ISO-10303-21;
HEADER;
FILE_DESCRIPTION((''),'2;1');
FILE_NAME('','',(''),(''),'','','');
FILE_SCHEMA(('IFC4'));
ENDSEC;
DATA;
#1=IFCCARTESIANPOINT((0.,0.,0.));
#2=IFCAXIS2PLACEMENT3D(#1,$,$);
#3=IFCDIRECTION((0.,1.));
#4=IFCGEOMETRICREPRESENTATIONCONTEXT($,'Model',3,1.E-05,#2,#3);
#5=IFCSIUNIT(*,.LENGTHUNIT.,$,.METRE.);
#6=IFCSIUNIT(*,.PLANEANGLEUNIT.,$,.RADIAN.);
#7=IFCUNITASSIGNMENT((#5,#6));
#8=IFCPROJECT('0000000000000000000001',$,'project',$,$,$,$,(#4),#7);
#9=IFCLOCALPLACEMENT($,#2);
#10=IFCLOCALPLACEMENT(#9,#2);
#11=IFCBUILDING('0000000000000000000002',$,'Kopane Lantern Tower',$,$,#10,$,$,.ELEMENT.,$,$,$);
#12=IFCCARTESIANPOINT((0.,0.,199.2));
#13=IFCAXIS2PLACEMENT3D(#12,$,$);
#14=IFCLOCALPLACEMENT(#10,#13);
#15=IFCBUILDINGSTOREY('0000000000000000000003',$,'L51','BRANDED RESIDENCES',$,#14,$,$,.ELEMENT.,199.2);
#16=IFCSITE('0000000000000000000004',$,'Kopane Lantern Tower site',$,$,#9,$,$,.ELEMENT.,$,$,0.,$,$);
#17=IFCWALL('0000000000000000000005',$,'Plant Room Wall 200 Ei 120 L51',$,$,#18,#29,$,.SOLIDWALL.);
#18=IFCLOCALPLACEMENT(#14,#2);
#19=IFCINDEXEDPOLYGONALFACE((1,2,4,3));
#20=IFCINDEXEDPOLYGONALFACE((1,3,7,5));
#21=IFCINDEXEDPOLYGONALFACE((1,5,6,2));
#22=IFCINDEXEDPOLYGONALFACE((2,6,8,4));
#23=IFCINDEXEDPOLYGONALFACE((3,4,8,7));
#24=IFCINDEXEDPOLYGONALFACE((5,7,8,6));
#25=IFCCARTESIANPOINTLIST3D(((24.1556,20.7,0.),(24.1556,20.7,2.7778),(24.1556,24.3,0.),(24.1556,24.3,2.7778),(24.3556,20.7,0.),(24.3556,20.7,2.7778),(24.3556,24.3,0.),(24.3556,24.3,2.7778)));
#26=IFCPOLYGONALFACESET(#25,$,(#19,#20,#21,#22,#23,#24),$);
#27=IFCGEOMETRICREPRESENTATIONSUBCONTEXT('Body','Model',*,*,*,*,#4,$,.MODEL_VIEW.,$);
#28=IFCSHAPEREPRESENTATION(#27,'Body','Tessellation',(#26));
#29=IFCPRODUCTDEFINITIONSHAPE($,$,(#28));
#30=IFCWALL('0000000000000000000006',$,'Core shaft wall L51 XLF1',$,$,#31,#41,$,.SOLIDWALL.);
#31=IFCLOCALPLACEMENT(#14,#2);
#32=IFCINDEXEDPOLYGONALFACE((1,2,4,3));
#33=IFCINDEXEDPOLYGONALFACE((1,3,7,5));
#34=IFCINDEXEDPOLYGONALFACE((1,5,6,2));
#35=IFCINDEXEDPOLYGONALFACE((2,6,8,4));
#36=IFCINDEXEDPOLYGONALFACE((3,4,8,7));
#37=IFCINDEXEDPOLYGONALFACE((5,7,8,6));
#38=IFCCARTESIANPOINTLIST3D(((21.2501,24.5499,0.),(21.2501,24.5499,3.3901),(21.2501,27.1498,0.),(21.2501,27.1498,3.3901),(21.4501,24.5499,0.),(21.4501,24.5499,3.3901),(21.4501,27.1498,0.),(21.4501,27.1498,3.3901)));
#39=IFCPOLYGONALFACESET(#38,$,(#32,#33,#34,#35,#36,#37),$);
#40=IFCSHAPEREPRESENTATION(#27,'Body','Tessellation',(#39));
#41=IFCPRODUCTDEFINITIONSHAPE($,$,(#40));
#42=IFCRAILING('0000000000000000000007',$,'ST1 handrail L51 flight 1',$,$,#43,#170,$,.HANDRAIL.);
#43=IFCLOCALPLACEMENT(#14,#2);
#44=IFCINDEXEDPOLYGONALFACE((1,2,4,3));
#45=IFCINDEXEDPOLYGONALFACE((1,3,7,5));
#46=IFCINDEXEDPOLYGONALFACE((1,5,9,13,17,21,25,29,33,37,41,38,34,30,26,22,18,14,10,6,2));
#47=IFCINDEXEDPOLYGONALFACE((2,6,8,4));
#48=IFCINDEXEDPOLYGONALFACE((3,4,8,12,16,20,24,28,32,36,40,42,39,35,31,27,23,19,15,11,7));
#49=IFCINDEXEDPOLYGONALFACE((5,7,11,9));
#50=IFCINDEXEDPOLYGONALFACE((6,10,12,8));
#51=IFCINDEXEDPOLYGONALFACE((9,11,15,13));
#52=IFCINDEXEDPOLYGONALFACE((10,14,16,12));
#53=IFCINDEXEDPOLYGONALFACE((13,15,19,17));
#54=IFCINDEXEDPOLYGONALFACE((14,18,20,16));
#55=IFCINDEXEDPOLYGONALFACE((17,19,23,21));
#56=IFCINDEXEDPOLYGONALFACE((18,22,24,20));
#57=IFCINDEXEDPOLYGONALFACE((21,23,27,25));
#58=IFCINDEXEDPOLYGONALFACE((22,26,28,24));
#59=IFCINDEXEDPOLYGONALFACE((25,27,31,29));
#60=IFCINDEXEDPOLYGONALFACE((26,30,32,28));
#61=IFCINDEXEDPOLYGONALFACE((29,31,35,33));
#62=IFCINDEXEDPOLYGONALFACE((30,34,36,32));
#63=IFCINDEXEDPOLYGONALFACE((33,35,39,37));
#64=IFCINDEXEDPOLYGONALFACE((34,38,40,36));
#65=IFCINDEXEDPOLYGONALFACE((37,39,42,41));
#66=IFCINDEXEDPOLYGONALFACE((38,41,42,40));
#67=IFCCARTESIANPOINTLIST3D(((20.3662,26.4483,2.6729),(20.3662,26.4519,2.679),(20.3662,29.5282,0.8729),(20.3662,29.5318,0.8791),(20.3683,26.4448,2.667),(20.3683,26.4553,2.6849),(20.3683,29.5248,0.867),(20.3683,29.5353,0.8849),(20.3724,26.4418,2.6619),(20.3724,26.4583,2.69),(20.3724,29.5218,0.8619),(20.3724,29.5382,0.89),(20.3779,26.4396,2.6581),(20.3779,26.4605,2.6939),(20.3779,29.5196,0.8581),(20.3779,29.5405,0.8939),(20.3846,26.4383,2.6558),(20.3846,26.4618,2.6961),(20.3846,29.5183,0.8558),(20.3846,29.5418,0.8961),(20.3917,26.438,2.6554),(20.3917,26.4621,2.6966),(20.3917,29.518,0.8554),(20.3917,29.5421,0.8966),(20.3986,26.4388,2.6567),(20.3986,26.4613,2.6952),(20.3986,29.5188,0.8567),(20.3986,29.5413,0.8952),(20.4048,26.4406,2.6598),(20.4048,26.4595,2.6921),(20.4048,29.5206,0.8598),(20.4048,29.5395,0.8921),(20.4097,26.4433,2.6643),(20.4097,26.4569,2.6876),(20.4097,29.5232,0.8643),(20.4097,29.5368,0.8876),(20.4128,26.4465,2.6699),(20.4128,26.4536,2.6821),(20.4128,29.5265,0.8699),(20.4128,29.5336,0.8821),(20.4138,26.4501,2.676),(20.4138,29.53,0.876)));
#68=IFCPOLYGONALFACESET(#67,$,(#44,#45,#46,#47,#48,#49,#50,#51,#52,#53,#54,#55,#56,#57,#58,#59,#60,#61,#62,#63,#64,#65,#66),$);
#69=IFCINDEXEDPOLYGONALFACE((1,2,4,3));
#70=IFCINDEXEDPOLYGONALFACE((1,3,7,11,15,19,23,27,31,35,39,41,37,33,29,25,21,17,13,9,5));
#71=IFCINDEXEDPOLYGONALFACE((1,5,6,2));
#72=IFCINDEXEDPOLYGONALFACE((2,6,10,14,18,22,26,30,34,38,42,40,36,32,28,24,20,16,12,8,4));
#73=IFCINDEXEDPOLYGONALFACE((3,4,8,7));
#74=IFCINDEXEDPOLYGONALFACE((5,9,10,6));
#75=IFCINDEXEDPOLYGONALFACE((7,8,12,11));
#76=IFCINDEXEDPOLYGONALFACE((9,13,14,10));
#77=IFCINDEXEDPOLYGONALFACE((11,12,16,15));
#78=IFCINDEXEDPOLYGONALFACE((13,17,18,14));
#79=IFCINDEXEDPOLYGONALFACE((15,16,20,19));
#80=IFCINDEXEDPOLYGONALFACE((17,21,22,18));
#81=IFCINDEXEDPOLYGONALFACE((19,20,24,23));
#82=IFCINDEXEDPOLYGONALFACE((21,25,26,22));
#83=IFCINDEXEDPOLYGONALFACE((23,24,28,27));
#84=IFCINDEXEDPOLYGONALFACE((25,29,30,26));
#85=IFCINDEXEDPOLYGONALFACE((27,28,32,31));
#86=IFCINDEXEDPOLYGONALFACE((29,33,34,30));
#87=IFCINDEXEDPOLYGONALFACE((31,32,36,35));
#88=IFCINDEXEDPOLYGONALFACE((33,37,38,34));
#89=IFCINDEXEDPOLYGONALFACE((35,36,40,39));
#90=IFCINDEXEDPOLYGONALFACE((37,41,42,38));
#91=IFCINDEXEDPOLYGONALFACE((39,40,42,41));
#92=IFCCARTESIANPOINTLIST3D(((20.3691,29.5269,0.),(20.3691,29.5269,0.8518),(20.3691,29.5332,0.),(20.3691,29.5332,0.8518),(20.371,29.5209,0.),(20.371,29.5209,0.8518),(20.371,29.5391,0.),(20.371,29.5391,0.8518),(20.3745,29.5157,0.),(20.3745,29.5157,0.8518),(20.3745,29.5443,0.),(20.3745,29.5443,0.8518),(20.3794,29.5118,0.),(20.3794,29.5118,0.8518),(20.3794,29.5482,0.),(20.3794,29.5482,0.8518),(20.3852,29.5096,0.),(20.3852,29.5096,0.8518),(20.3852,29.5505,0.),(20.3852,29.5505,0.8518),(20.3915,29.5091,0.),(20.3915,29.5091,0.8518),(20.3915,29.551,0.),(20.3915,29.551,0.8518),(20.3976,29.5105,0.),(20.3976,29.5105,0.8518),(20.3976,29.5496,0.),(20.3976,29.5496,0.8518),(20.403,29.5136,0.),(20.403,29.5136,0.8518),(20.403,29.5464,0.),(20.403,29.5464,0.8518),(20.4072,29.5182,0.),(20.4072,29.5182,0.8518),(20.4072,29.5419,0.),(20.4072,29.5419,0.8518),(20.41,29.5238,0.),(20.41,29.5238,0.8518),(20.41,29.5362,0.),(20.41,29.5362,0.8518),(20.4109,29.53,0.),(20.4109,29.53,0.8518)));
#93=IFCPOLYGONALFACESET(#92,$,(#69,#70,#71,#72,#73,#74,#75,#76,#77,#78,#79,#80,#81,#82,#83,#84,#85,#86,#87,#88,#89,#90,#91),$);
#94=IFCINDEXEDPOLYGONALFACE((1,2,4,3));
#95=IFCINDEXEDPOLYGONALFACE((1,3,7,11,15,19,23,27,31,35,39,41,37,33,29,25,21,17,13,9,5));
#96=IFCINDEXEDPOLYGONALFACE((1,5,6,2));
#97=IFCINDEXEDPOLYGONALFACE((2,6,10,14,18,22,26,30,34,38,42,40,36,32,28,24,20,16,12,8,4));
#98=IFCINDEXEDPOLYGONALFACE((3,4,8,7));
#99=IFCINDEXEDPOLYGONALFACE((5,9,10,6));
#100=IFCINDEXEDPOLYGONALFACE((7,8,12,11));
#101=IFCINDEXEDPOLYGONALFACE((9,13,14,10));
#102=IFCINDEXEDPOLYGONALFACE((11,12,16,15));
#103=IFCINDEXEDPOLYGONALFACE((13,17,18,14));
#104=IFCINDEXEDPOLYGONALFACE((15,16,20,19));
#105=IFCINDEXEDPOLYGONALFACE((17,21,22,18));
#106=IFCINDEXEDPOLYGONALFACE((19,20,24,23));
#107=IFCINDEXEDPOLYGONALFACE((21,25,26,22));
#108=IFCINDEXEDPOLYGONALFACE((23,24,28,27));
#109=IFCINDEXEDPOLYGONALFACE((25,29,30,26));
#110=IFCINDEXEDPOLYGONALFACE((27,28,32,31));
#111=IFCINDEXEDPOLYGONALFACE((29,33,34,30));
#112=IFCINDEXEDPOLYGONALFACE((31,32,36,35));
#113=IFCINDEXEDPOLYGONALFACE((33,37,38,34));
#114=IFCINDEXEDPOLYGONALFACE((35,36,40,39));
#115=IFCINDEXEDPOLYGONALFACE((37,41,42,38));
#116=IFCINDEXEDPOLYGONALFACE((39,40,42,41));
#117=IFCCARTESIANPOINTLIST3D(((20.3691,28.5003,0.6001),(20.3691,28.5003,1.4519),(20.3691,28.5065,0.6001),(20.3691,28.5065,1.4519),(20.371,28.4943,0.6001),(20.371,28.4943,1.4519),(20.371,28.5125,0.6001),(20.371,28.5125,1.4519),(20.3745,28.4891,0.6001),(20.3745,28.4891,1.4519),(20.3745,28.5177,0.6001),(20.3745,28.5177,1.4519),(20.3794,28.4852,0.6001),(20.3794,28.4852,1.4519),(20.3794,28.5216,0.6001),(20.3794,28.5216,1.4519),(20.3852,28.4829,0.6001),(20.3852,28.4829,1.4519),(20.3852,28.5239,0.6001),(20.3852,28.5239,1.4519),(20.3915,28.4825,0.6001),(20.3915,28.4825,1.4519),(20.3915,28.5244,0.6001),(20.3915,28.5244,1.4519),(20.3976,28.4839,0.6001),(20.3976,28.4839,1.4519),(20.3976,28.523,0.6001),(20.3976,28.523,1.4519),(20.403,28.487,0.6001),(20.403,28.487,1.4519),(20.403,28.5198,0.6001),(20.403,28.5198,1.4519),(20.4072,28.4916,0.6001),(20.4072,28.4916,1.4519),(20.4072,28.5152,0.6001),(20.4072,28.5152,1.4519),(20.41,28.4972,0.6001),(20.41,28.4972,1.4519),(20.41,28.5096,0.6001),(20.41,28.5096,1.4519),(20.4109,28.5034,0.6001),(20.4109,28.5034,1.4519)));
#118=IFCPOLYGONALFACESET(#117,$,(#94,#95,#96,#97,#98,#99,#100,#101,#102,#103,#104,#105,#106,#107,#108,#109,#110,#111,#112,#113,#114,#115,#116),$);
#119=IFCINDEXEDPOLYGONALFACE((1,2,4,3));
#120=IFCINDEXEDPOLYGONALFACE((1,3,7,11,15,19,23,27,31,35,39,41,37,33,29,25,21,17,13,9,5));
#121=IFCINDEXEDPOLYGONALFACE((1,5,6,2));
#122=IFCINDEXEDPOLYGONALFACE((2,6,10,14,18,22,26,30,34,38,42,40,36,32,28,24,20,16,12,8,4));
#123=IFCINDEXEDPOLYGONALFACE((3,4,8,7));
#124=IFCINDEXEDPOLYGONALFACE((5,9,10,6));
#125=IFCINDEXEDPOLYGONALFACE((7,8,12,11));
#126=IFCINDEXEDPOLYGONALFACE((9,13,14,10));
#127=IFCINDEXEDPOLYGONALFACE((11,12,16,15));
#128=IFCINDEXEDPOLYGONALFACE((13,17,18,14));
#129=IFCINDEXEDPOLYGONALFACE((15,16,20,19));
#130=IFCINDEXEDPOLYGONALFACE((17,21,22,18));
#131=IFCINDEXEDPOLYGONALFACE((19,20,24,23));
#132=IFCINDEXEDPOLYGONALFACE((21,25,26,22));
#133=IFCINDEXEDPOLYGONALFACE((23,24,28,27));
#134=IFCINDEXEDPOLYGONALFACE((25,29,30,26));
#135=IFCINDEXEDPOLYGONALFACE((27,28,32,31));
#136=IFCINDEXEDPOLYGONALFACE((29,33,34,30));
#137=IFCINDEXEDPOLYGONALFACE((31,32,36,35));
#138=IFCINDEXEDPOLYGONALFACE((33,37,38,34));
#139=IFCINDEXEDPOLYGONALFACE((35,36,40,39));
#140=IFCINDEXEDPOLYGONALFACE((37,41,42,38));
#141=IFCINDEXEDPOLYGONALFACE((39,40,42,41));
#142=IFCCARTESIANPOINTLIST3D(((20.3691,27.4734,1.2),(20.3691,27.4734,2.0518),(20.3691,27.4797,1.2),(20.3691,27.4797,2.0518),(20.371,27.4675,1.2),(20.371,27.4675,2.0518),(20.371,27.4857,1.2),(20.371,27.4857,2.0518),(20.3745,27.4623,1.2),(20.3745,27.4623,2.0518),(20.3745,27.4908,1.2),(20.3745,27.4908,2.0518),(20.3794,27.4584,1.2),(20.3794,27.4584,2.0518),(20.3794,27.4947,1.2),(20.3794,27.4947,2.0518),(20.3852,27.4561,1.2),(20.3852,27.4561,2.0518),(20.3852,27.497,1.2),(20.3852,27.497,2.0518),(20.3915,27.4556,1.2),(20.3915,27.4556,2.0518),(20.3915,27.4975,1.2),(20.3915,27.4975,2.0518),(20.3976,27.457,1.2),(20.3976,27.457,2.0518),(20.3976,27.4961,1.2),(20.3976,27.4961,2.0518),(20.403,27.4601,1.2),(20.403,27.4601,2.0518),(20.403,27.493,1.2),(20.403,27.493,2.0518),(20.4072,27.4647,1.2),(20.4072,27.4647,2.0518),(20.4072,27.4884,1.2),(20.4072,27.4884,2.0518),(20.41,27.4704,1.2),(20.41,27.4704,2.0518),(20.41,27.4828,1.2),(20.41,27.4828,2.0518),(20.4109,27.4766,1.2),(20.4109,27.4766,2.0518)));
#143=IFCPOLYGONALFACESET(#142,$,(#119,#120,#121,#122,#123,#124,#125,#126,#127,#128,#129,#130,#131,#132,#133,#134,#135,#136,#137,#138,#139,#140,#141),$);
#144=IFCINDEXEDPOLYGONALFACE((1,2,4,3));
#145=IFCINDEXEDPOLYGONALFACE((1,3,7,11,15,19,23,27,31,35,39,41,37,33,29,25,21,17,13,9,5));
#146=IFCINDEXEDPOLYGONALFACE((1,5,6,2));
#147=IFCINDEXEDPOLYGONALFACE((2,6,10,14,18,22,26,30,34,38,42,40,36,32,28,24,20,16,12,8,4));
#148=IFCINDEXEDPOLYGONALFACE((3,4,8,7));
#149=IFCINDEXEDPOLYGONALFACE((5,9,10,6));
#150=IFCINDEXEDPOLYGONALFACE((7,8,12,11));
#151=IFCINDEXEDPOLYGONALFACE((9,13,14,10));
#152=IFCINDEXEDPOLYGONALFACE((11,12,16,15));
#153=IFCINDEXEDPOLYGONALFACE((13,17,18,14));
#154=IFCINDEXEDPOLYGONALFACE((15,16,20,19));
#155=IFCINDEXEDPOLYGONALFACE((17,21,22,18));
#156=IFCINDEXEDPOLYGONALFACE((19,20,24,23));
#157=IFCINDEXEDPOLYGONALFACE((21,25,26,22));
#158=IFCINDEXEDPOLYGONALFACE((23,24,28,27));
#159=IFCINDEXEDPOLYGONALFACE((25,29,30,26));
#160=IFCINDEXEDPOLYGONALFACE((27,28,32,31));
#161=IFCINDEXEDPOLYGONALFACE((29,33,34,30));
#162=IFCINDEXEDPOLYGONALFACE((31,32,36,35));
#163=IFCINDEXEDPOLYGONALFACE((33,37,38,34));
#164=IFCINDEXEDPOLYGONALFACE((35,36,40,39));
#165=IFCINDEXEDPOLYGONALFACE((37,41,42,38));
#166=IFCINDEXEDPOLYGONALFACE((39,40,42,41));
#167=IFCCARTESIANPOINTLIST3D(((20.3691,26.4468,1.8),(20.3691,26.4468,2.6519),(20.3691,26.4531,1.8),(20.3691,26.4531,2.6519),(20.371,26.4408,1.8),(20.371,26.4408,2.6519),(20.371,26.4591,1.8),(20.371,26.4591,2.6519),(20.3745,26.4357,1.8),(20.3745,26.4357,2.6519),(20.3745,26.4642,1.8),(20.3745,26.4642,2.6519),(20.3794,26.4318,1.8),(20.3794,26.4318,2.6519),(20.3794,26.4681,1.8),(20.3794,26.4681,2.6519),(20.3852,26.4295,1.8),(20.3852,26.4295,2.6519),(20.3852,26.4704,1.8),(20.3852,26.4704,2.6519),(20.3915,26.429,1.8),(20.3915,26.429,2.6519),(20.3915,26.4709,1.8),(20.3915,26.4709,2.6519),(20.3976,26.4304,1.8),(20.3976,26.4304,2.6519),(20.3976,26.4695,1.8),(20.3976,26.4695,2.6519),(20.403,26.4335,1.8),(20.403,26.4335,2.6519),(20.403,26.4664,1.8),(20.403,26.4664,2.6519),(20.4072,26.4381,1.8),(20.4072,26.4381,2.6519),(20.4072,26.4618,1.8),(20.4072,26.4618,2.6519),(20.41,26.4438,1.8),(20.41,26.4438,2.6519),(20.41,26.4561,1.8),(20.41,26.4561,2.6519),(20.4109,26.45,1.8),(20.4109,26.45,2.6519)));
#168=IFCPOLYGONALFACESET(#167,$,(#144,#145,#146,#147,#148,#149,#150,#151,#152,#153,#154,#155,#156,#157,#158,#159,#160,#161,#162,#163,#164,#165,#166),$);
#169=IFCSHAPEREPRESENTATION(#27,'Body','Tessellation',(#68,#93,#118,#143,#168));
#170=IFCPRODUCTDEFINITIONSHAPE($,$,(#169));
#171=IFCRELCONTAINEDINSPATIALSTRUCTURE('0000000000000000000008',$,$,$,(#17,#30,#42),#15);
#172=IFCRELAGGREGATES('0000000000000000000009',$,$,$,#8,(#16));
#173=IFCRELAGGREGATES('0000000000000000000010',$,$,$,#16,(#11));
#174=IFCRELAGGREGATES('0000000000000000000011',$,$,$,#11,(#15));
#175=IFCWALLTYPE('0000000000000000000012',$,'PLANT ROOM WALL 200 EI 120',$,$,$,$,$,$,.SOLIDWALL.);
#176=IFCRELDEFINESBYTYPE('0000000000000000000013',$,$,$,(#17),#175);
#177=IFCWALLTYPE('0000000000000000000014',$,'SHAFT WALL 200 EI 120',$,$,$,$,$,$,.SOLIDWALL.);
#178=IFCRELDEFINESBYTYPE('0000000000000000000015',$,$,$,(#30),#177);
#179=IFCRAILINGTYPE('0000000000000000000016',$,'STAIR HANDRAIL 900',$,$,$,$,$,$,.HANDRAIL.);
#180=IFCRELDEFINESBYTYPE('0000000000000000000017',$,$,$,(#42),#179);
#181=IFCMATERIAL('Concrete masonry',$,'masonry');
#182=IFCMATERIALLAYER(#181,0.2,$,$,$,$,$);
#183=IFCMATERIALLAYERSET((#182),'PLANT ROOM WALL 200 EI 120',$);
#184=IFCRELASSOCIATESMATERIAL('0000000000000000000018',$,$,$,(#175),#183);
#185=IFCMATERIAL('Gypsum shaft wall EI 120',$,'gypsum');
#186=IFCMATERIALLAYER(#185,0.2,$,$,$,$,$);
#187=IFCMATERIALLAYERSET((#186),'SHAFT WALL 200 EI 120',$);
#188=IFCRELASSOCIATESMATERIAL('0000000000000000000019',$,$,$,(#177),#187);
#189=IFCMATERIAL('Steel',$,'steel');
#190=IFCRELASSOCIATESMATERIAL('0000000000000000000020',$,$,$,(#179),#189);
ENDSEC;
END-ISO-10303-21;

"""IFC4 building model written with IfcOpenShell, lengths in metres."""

from ifc_helpers import new_model, si_unit, direction, frame, frame_2d, origin, origin_2d, place, context, subcontext, project, spatial, rectangle, circle, extrude, material, layer, layer_set, type_object, element, save


model = new_model("IFC4")

# Units and contexts
model_context = context("Model", 3, precision=1e-05, world=origin(), true_north=direction((0.0, 1.0)))
body_context = subcontext(model_context, "Body", "Model", "MODEL_VIEW")
ifc_project = project(units=[si_unit("LENGTHUNIT", "METRE"), si_unit("PLANEANGLEUNIT", "RADIAN")], contexts=[model_context])

# Site, building, storey
site_placement = place(None, origin())
site = spatial("IfcSite", under=ifc_project, at=site_placement, Name="Kopane Lantern Tower site", CompositionType="ELEMENT", RefElevation=0.0)
building_placement = place(site_placement, origin())
building = spatial("IfcBuilding", under=site, at=building_placement, Name="Kopane Lantern Tower", CompositionType="ELEMENT")
storey_placement = place(building_placement, frame((0.0, 0.0, 199.2)))
storey = spatial("IfcBuildingStorey", under=building, at=storey_placement, Name="L51", Description="BRANDED RESIDENCES", CompositionType="ELEMENT", Elevation=199.2)

# Walls
ifc_material_1 = material(Name="Concrete masonry", Category="masonry")
ifc_layer_1 = layer(ifc_material_1, 0.2)
ifc_layer_set_1 = layer_set([ifc_layer_1], Name="PLANT ROOM WALL 200 EI 120")
wall_type_1 = type_object("IfcWallType", Name="PLANT ROOM WALL 200 EI 120", PredefinedType="SOLIDWALL", material=ifc_layer_set_1)
wall_1_placement = place(storey_placement, frame((24.2556, 20.7, 0.0), z_axis=(0.0, 0.0, 1.0), x_axis=(0.0, 1.0, 0.0)))
element("IfcWall", 1, at=wall_1_placement, inside=storey, type_object=wall_type_1, Name="Plant Room Wall 200 Ei 120 L51", PredefinedType="SOLIDWALL", context=body_context, shape_type="SweptSolid", body=[
    extrude(rectangle(XDim=3.6001, YDim=0.2, at=frame_2d((1.8, 0.0))), origin(), (0.0, 0.0, 1.0), 2.7778),
])
ifc_material_2 = material(Name="Gypsum shaft wall EI 120", Category="gypsum")
ifc_layer_2 = layer(ifc_material_2, 0.2)
ifc_layer_set_2 = layer_set([ifc_layer_2], Name="SHAFT WALL 200 EI 120")
wall_type_2 = type_object("IfcWallType", Name="SHAFT WALL 200 EI 120", PredefinedType="SOLIDWALL", material=ifc_layer_set_2)
wall_2_placement = place(storey_placement, frame((21.3501, 24.55, 0.0), z_axis=(0.0, 0.0, 1.0), x_axis=(0.0, 1.0, 0.0)))
element("IfcWall", 2, at=wall_2_placement, inside=storey, type_object=wall_type_2, Name="Core shaft wall L51 XLF1", PredefinedType="SOLIDWALL", context=body_context, shape_type="SweptSolid", body=[
    extrude(rectangle(XDim=2.5999, YDim=0.2, at=frame_2d((1.2998, 0.0))), origin(), (0.0, 0.0, 1.0), 3.3901),
])

# Railing
ifc_material_3 = material(Name="Steel", Category="steel")
railing_type_1 = type_object("IfcRailingType", Name="STAIR HANDRAIL 900", PredefinedType="HANDRAIL", material=ifc_material_3)
for number, where, name in (
    (3, (20.3899, 29.53, 0.0), "ST1 handrail L51 flight 1"),
):
    element("IfcRailing", number, at=place(storey_placement, frame(where)), inside=storey, type_object=railing_type_1, Name=name, PredefinedType="HANDRAIL", context=body_context, shape_type="SweptSolid", body=[
        extrude(circle(Radius=0.0239, at=origin_2d()), frame((0.0, 0.0, 0.876), z_axis=(0.0, -0.863372, 0.504569), x_axis=(1.0, 0.0, 0.0)), (0.0, 0.0, 1.0), 3.5674),
        extrude(circle(Radius=0.021, at=origin_2d()), origin(), (0.0, 0.0, 1.0), 0.8518),
        extrude(circle(Radius=0.021, at=origin_2d()), frame((0.0, -1.0266, 0.6001)), (0.0, 0.0, 1.0), 0.8518),
        extrude(circle(Radius=0.021, at=origin_2d()), frame((0.0, -2.0535, 1.2)), (0.0, 0.0, 1.0), 0.8518),
        extrude(circle(Radius=0.021, at=origin_2d()), frame((0.0, -3.0801, 1.8)), (0.0, 0.0, 1.0), 0.8518),
    ])

save(model, "model.ifc")
